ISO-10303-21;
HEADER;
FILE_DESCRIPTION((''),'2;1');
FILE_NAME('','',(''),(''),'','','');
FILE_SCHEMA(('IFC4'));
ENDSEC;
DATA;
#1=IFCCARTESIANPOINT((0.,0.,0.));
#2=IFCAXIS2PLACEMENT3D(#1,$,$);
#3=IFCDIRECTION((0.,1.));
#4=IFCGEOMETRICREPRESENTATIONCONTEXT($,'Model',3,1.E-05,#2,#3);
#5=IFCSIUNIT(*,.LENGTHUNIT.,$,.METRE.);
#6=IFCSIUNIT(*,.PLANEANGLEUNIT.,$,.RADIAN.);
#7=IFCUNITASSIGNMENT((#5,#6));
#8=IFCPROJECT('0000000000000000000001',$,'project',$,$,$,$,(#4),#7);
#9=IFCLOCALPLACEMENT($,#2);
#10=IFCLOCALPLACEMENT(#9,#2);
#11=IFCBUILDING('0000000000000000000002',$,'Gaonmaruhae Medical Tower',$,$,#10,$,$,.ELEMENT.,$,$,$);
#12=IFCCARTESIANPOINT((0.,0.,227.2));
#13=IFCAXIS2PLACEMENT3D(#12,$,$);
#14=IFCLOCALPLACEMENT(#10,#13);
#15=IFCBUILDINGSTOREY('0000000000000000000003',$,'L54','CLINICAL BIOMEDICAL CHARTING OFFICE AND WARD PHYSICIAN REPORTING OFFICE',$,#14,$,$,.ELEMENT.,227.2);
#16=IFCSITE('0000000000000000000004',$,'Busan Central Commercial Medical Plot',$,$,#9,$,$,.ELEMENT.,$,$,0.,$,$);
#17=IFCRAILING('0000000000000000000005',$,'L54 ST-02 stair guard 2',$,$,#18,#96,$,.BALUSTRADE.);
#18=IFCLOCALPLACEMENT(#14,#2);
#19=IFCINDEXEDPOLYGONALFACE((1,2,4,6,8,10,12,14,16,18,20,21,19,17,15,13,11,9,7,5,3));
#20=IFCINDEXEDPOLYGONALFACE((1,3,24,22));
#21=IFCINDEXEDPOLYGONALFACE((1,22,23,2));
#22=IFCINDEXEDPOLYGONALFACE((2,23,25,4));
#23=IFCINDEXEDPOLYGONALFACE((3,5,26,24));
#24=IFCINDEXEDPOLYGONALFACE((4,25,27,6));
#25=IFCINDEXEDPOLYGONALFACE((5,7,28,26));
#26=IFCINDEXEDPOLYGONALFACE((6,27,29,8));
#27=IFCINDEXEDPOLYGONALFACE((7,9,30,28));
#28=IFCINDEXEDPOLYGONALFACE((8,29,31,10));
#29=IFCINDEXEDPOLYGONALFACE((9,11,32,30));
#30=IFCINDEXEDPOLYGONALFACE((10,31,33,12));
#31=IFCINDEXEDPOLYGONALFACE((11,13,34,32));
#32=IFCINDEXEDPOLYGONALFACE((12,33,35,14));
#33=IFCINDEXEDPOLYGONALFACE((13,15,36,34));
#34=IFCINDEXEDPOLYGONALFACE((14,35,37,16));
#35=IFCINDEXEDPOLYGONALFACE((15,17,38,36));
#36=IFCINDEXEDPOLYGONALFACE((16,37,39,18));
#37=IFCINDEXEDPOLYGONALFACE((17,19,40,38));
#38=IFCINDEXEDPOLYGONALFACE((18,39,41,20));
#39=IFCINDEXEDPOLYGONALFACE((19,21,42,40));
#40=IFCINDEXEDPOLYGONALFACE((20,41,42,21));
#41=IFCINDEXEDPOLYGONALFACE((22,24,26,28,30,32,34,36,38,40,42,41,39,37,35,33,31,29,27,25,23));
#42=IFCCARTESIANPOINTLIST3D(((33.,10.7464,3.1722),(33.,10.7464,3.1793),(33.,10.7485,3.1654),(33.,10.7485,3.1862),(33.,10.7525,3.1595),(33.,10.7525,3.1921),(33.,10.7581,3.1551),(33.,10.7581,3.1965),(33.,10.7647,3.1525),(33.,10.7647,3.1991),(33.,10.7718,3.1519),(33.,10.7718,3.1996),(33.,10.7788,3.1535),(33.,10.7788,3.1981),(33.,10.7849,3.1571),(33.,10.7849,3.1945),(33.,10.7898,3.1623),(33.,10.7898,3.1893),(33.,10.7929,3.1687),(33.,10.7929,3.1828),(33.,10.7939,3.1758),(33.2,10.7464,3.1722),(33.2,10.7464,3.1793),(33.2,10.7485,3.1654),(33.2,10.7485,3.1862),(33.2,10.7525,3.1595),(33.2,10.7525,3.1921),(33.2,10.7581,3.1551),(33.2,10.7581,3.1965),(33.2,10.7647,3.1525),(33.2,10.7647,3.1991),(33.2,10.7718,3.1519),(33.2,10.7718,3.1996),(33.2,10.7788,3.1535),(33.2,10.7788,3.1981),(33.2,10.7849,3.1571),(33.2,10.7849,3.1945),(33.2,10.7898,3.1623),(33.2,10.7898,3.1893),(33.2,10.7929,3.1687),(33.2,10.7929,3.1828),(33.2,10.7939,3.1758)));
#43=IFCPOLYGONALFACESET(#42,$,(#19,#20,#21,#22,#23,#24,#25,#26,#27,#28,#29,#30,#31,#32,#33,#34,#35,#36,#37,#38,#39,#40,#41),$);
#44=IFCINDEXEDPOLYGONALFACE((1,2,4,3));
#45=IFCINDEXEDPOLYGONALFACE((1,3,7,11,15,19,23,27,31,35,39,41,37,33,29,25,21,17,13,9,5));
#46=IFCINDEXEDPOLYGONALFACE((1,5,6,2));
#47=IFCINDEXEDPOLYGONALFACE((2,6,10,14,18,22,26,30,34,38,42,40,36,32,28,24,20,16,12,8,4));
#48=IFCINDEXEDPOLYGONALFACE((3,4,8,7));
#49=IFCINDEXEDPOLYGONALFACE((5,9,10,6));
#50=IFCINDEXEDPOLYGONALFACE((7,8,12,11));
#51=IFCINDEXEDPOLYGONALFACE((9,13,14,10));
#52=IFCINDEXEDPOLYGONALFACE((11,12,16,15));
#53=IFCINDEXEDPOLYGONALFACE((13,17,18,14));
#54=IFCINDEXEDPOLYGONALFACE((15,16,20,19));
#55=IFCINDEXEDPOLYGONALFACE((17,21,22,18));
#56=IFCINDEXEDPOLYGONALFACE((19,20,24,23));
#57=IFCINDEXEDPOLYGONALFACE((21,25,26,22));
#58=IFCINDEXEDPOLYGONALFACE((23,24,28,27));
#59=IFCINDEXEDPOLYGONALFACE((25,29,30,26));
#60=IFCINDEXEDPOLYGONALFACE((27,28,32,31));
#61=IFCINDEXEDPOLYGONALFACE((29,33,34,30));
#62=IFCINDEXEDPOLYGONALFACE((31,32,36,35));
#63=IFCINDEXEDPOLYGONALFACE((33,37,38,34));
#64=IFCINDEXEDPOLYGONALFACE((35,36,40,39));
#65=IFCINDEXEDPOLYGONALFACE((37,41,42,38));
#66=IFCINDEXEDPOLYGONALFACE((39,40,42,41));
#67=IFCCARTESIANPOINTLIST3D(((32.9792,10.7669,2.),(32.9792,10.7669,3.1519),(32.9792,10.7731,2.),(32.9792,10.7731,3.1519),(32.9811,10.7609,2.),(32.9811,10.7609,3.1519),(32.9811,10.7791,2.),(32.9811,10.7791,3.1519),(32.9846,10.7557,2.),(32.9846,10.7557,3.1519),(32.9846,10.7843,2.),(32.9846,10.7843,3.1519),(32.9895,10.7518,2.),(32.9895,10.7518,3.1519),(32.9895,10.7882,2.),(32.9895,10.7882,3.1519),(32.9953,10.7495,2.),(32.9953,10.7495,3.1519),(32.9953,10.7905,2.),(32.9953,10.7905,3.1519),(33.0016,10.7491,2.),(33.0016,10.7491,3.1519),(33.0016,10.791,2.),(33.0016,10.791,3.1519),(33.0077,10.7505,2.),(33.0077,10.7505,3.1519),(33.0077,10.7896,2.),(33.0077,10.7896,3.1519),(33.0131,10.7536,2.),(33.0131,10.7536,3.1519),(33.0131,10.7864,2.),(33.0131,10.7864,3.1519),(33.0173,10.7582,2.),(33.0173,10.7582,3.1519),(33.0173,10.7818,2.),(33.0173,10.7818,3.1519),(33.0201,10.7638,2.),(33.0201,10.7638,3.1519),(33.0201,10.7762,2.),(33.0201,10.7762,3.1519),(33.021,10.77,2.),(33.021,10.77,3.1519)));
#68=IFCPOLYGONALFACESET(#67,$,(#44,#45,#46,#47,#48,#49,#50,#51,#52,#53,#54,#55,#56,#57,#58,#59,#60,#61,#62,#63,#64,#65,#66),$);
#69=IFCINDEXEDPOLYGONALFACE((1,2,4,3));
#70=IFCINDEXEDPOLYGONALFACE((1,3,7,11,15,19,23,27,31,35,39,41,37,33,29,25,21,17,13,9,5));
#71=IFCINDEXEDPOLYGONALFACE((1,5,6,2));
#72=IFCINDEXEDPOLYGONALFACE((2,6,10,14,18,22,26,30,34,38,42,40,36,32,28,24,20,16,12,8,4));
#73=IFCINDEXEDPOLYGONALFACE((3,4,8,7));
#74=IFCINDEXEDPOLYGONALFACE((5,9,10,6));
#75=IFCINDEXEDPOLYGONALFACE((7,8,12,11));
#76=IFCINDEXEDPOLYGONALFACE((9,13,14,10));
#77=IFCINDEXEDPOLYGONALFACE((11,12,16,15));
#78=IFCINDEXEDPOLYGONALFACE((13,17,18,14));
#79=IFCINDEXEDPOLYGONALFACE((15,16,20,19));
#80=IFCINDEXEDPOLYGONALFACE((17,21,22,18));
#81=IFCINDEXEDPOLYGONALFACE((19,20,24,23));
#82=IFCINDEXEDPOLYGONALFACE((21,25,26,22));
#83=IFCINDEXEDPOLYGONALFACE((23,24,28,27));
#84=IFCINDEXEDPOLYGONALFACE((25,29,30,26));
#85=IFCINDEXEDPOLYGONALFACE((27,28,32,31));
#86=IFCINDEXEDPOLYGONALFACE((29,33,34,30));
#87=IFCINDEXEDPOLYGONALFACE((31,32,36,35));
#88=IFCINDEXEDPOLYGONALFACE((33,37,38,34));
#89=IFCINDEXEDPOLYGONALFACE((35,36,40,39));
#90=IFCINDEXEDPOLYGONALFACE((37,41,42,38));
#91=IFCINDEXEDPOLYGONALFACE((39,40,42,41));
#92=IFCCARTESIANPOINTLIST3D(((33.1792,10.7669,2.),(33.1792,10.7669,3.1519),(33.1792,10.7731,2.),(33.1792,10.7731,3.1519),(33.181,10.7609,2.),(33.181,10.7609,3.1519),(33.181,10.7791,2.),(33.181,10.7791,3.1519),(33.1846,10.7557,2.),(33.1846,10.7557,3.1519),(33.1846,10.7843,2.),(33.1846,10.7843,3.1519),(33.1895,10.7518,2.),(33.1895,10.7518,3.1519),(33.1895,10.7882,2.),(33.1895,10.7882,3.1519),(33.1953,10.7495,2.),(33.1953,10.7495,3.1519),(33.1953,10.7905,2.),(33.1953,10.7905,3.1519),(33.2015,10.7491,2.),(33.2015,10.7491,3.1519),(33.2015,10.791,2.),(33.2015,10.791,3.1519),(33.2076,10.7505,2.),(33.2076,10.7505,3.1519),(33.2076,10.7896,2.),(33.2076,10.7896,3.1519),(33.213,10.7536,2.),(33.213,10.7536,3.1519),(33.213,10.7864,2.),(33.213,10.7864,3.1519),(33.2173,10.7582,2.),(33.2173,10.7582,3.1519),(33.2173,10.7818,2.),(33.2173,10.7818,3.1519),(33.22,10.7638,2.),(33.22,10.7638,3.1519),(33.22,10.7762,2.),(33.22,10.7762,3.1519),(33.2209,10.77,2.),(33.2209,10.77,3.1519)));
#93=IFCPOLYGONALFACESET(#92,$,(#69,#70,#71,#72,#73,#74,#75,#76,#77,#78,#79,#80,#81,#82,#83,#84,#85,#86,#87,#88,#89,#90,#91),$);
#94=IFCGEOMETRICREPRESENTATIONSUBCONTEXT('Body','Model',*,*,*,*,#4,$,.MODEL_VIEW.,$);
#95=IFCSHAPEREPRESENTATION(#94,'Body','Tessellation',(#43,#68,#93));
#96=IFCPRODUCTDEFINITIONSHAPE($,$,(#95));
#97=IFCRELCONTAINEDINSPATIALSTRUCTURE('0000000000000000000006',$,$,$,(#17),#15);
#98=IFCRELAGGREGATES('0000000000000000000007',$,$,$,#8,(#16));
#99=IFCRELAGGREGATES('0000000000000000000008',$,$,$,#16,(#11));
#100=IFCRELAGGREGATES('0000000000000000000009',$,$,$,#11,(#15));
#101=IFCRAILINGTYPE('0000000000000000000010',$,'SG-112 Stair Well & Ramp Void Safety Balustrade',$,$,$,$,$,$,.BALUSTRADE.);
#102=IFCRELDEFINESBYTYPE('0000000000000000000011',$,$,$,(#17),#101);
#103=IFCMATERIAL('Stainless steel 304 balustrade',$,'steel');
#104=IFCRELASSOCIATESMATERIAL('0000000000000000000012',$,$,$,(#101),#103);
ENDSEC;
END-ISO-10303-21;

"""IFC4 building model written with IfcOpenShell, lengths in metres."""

from ifc_helpers import new_model, si_unit, direction, frame, origin, origin_2d, place, context, subcontext, project, spatial, circle, extrude, material, type_object, element, save


model = new_model("IFC4")

# Units and contexts
model_context = context("Model", 3, precision=1e-05, world=origin(), true_north=direction((0.0, 1.0)))
body_context = subcontext(model_context, "Body", "Model", "MODEL_VIEW")
ifc_project = project(units=[si_unit("LENGTHUNIT", "METRE"), si_unit("PLANEANGLEUNIT", "RADIAN")], contexts=[model_context])

# Site, building, storey
site_placement = place(None, origin())
site = spatial("IfcSite", under=ifc_project, at=site_placement, Name="Busan Central Commercial Medical Plot", CompositionType="ELEMENT", RefElevation=0.0)
building_placement = place(site_placement, origin())
building = spatial("IfcBuilding", under=site, at=building_placement, Name="Gaonmaruhae Medical Tower", CompositionType="ELEMENT")
storey_placement = place(building_placement, frame((0.0, 0.0, 227.2)))
storey = spatial("IfcBuildingStorey", under=building, at=storey_placement, Name="L54", Description="CLINICAL BIOMEDICAL CHARTING OFFICE AND WARD PHYSICIAN REPORTING OFFICE", CompositionType="ELEMENT", Elevation=227.2)

# Railing
ifc_material_1 = material(Name="Stainless steel 304 balustrade", Category="steel")
railing_type_1 = type_object("IfcRailingType", Name="SG-112 Stair Well & Ramp Void Safety Balustrade", PredefinedType="BALUSTRADE", material=ifc_material_1)
railing_1_placement = place(storey_placement, frame((33.0, 10.77, 2.0)))
element("IfcRailing", 1, at=railing_1_placement, inside=storey, type_object=railing_type_1, Name="L54 ST-02 stair guard 2", PredefinedType="BALUSTRADE", context=body_context, shape_type="SweptSolid", body=[
    extrude(circle(Radius=0.0239, at=origin_2d()), frame((0.0, 0.0, 1.1758), z_axis=(1.0, 0.0, 0.0), x_axis=(0.0, 1.0, 0.0)), (0.0, 0.0, 1.0), 0.2),
    extrude(circle(Radius=0.021, at=origin_2d()), origin(), (0.0, 0.0, 1.0), 1.1519),
    extrude(circle(Radius=0.021, at=origin_2d()), frame((0.2, 0.0, 0.0)), (0.0, 0.0, 1.0), 1.1519),
])

save(model, "model.ifc")
